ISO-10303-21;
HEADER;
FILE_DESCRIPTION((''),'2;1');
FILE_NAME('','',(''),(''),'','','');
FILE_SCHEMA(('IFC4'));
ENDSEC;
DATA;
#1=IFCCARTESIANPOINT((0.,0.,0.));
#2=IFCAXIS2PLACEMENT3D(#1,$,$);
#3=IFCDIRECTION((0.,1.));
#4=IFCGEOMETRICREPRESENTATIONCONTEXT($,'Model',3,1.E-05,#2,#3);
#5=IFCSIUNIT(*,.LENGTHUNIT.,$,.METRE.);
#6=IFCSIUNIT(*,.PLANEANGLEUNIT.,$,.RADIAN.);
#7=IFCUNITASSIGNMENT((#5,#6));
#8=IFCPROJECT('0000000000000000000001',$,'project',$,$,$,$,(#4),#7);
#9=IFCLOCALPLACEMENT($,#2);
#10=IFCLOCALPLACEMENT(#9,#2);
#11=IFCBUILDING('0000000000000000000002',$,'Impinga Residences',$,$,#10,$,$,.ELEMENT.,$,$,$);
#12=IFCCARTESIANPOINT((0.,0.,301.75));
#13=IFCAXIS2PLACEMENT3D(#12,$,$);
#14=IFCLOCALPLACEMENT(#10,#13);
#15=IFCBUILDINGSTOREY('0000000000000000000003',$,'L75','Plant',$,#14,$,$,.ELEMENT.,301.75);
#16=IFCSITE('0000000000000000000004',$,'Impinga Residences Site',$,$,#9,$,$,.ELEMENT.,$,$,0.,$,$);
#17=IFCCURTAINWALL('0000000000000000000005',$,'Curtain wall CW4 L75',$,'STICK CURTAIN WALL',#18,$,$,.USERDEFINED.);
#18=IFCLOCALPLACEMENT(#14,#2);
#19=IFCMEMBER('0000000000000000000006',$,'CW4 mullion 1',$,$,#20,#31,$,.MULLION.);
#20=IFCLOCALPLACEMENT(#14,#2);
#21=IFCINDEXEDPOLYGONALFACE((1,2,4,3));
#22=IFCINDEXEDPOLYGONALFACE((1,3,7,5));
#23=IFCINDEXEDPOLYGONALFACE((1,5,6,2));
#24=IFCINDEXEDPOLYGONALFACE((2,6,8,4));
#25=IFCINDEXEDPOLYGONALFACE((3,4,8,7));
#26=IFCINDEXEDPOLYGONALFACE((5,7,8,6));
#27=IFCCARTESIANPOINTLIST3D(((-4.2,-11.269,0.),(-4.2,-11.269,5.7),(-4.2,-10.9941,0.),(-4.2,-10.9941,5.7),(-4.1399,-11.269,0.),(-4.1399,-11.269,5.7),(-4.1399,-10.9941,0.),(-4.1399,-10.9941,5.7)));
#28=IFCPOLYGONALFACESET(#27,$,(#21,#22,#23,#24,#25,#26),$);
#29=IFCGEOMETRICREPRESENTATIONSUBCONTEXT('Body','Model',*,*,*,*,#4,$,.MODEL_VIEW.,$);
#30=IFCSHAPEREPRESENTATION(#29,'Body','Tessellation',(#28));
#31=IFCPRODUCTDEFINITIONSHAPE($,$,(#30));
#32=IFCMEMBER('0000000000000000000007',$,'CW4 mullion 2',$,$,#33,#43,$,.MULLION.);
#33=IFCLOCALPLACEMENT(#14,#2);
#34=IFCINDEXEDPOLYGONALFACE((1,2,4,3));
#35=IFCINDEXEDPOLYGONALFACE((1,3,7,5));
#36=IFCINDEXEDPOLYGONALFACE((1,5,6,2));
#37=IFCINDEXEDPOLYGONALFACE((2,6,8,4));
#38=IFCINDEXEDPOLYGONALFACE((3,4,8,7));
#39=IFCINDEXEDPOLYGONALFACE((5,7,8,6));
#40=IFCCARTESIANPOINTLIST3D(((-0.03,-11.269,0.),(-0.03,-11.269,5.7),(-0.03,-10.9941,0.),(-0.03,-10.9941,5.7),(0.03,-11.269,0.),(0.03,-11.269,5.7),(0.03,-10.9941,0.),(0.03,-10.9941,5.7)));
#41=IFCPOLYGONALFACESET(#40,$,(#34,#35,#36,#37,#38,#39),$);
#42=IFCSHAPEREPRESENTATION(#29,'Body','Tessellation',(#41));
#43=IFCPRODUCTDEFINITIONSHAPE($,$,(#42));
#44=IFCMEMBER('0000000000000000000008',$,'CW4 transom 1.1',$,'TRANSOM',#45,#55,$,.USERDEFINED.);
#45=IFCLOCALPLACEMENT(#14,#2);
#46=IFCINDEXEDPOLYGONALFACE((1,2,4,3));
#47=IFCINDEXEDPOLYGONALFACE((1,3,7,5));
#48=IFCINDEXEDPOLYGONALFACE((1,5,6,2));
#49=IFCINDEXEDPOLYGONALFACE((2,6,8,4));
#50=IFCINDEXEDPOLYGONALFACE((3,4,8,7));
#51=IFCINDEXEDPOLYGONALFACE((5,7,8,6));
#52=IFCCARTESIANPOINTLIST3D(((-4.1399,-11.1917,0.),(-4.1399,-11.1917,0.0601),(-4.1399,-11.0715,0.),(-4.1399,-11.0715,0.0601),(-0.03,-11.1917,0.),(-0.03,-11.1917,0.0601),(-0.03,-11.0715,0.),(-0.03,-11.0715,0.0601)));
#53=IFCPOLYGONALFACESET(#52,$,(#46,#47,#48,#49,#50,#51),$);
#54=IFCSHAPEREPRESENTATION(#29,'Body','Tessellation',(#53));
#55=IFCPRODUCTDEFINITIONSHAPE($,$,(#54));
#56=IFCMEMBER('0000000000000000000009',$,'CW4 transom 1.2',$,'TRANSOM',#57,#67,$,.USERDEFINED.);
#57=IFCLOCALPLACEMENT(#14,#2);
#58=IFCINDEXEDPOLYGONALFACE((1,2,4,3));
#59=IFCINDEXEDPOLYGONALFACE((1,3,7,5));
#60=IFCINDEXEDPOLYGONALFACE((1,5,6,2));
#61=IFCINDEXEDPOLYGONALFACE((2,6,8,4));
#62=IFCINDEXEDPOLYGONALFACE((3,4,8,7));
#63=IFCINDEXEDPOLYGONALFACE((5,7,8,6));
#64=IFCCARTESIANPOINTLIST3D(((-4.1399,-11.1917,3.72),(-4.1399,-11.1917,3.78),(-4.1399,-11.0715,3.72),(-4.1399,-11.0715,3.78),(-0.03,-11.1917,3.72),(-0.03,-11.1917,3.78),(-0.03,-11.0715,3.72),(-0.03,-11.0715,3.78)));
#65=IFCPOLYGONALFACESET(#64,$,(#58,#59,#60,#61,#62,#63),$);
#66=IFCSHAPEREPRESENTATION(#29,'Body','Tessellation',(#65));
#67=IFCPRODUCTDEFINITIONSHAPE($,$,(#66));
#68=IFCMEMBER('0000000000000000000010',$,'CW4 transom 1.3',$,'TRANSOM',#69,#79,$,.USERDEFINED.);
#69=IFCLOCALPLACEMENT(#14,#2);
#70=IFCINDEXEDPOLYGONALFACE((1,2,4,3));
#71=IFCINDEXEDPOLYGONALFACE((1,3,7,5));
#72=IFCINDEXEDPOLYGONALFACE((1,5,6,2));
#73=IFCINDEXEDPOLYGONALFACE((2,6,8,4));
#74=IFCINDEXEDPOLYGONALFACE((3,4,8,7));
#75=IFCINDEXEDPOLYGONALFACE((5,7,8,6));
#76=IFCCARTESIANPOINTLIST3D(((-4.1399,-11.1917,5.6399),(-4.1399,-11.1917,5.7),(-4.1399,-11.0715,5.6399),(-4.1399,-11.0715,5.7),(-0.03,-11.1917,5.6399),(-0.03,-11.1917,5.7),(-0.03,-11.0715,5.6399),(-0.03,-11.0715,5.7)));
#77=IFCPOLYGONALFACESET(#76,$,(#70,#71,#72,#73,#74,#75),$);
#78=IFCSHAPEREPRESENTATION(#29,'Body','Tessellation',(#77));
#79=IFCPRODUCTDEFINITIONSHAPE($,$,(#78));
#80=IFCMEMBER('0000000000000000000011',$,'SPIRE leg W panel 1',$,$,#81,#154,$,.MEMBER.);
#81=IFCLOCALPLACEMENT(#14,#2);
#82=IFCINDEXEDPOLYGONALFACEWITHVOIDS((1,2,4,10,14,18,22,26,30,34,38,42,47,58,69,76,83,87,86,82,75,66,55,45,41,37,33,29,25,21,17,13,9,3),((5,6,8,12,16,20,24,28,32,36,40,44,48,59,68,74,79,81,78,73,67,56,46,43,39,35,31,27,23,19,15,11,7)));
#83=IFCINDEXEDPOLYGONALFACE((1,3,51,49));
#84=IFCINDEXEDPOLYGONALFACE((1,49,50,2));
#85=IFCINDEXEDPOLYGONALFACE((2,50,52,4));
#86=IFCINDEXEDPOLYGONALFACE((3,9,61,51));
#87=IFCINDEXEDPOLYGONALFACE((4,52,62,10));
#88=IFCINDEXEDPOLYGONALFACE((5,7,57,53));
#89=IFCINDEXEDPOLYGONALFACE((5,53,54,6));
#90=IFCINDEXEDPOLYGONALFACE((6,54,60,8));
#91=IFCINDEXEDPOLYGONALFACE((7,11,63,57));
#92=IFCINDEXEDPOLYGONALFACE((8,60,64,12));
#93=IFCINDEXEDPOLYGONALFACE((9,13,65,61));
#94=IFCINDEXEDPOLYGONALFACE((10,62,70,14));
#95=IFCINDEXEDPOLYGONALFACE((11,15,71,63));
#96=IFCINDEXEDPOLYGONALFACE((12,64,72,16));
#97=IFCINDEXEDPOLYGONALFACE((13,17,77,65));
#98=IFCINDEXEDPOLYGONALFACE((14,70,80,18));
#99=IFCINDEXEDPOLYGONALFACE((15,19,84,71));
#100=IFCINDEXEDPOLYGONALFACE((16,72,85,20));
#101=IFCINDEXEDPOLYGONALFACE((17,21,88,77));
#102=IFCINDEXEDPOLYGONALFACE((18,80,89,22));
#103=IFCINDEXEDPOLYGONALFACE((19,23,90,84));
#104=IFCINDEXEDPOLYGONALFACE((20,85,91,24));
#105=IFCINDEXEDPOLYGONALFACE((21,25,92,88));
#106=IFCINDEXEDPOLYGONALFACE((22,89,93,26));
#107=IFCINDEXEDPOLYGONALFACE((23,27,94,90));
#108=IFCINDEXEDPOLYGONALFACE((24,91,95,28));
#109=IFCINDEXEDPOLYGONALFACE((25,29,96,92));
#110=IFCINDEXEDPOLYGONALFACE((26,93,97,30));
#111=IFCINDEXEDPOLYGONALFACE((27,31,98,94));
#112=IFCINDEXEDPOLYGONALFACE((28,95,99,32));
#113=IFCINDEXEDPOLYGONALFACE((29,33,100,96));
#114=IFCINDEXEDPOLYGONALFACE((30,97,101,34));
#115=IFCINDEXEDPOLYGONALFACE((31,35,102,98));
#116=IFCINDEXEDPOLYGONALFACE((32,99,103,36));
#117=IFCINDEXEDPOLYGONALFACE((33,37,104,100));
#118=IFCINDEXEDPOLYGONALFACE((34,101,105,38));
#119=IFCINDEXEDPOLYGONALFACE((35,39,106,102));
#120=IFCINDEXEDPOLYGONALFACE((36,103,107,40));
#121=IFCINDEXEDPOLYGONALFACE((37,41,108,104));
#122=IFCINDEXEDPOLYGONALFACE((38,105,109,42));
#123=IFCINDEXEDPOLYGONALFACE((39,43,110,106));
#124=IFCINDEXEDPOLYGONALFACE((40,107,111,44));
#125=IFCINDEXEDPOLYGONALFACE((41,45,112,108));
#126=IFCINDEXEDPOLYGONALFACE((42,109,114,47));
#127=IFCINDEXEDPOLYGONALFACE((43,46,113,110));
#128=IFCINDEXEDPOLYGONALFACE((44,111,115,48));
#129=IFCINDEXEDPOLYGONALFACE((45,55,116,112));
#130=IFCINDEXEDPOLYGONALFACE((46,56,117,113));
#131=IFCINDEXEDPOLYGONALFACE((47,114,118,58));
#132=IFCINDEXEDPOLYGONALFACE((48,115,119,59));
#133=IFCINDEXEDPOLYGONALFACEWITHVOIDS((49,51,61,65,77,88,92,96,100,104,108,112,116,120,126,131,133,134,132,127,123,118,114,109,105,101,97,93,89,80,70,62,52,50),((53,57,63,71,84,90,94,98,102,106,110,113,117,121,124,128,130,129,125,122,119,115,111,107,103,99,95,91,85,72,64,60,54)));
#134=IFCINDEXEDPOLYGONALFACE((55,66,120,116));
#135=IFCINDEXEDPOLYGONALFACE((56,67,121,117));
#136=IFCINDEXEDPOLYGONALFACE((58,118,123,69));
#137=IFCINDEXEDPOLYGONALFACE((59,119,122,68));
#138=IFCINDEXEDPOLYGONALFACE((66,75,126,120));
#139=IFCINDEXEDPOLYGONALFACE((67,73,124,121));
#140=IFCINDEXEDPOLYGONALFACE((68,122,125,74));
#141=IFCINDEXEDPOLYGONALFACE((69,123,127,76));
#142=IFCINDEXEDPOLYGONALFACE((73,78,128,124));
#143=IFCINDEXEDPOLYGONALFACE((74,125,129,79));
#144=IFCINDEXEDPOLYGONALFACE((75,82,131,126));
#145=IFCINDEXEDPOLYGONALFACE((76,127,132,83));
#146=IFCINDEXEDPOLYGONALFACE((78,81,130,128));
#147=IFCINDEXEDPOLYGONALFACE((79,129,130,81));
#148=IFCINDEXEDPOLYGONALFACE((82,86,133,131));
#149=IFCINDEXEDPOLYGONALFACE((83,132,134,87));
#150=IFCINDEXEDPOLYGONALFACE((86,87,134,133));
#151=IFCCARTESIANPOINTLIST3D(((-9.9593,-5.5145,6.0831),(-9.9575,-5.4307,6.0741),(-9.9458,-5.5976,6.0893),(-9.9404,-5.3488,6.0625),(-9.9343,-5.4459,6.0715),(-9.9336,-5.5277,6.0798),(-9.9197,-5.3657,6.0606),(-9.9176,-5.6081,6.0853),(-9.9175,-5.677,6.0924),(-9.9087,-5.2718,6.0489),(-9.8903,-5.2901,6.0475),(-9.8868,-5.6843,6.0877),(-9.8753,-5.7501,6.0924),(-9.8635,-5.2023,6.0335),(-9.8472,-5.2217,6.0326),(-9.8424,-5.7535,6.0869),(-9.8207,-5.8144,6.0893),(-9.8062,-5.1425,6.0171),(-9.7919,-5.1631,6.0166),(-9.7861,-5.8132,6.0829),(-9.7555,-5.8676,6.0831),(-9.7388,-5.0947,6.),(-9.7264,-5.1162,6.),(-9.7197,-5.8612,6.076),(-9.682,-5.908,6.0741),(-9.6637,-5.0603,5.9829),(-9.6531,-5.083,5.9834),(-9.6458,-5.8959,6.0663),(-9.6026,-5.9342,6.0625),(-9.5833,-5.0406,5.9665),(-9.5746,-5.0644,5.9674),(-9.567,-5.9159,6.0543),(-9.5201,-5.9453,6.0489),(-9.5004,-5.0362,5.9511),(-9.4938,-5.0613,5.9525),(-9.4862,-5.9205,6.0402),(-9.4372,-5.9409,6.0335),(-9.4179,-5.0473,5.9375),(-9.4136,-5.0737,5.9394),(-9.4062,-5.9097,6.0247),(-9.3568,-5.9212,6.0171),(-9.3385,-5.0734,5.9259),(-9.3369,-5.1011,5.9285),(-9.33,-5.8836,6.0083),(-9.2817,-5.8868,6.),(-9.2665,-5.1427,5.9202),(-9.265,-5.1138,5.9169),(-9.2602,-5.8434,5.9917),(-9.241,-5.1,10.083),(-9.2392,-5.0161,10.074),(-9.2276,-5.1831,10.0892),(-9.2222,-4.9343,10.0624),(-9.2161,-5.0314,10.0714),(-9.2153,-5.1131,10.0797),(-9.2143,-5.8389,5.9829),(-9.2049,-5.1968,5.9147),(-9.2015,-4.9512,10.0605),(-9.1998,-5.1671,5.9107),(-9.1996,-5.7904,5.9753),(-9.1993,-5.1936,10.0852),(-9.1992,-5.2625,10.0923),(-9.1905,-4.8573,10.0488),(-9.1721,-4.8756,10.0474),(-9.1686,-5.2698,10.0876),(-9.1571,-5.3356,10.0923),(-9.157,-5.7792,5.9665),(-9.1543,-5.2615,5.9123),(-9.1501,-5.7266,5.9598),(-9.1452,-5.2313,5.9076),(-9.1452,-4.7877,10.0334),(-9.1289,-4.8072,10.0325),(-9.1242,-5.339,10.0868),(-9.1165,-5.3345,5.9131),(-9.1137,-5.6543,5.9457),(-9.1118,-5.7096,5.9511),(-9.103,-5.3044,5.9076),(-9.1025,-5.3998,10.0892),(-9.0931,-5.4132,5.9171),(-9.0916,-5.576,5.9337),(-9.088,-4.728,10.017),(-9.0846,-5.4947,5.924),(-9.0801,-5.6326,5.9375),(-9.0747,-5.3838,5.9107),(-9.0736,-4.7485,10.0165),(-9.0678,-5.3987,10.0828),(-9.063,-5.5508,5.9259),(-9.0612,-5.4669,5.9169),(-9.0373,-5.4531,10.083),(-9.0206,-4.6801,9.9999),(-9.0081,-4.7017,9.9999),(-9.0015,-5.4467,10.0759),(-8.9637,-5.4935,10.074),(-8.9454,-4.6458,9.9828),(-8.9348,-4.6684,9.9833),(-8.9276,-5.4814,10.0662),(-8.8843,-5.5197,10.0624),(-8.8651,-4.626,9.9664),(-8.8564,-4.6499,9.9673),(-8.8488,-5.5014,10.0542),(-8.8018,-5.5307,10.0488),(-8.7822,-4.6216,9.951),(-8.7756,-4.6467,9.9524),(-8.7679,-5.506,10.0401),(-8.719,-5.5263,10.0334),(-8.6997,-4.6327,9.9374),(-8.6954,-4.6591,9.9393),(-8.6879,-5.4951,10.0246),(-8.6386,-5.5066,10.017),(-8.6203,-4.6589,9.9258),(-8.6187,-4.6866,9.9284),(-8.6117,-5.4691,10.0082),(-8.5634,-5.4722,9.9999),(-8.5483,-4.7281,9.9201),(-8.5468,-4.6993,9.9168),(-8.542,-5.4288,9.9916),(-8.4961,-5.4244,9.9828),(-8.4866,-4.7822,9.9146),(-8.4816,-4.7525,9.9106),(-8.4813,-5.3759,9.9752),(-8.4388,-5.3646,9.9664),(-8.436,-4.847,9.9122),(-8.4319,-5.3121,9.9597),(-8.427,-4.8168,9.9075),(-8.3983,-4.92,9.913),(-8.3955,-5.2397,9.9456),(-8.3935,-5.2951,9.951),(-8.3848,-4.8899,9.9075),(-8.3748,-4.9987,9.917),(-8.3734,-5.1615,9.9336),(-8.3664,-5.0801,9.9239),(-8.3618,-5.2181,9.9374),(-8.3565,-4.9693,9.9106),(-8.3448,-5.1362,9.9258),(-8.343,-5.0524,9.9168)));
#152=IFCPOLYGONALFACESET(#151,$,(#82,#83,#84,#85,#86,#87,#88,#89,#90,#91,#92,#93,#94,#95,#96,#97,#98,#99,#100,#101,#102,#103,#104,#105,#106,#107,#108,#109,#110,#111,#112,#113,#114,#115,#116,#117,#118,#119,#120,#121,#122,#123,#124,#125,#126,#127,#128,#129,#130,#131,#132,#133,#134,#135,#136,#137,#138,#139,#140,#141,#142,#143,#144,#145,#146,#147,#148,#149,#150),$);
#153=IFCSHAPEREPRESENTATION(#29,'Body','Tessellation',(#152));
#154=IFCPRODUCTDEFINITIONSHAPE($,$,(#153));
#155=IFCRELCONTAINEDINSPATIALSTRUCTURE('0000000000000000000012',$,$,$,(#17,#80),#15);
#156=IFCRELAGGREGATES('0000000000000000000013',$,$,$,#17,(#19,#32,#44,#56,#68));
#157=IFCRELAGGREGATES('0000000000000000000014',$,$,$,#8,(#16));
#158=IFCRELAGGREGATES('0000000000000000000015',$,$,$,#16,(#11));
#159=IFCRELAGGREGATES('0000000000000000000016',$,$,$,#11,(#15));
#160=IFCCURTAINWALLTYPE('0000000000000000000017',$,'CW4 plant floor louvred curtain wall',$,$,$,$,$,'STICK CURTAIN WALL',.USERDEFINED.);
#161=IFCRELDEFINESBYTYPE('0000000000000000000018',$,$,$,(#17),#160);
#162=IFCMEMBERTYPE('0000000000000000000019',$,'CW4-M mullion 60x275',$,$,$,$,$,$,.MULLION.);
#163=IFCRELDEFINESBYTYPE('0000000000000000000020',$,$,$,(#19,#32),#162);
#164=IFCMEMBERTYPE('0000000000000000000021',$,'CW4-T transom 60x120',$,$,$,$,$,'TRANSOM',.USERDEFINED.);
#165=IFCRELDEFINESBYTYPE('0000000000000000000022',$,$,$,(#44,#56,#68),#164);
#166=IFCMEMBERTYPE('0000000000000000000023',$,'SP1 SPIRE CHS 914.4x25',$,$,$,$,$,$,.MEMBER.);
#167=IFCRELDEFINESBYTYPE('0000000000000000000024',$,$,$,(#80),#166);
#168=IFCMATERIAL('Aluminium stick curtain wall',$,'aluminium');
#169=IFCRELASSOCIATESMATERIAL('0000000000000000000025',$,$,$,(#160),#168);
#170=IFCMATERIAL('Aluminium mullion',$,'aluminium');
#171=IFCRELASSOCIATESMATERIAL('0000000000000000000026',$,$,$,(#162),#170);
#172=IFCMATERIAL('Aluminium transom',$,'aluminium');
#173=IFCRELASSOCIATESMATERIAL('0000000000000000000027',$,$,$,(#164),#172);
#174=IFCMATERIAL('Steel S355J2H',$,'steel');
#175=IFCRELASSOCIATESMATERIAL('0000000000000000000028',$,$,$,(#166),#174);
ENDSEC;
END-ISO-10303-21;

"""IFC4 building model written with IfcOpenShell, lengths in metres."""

from ifc_helpers import new_model, si_unit, direction, frame, origin, origin_2d, place, context, subcontext, project, spatial, rectangle, hollow_circle, extrude, material, material_profile, profile_set, type_object, element, aggregate, save


model = new_model("IFC4")

# Units and contexts
model_context = context("Model", 3, precision=1e-05, world=origin(), true_north=direction((0.0, 1.0)))
body_context = subcontext(model_context, "Body", "Model", "MODEL_VIEW")
ifc_project = project(units=[si_unit("LENGTHUNIT", "METRE"), si_unit("PLANEANGLEUNIT", "RADIAN")], contexts=[model_context])

# Site, building, storey
site_placement = place(None, origin())
site = spatial("IfcSite", under=ifc_project, at=site_placement, Name="Impinga Residences Site", CompositionType="ELEMENT", RefElevation=0.0)
building_placement = place(site_placement, origin())
building = spatial("IfcBuilding", under=site, at=building_placement, Name="Impinga Residences", CompositionType="ELEMENT")
storey_placement = place(building_placement, frame((0.0, 0.0, 301.75)))
storey = spatial("IfcBuildingStorey", under=building, at=storey_placement, Name="L75", Description="Plant", CompositionType="ELEMENT", Elevation=301.75)

# Curtain wall, members
ifc_material_1 = material(Name="Aluminium stick curtain wall", Category="aluminium")
curtain_wall_type = type_object("IfcCurtainWallType", Name="CW4 plant floor louvred curtain wall", ElementType="STICK CURTAIN WALL", PredefinedType="USERDEFINED", material=ifc_material_1)
curtain_wall_placement = place(storey_placement, origin())
curtain_wall = element("IfcCurtainWall", 1, at=curtain_wall_placement, inside=storey, type_object=curtain_wall_type, Name="Curtain wall CW4 L75", ObjectType="STICK CURTAIN WALL", PredefinedType="USERDEFINED")
ifc_material_2 = material(Name="Aluminium mullion", Category="aluminium")
ifc_material_profile_1 = material_profile(ifc_material_2, rectangle(XDim=0.0601, YDim=0.2749, at=origin_2d()), Name="60x275 mullion")
ifc_profile_set_1 = profile_set([ifc_material_profile_1], Name="Aluminium mullion")
member_type_1 = type_object("IfcMemberType", Name="CW4-M mullion 60x275", PredefinedType="MULLION", material=ifc_profile_set_1)
member_1_placement = place(storey_placement, frame((-4.1699, -11.1316, 0.0), z_axis=(0.0, 0.0, 1.0), x_axis=(1.0, 0.0, 0.0)))
member_1 = element("IfcMember", 2, at=member_1_placement, type_object=member_type_1, Name="CW4 mullion 1", PredefinedType="MULLION", context=body_context, shape_type="SweptSolid", body=[
    extrude(rectangle(XDim=0.0601, YDim=0.2749, at=origin_2d()), origin(), (0.0, 0.0, 1.0), 5.7),
])
member_2_placement = place(storey_placement, frame((0.0, -11.1316, 0.0), z_axis=(0.0, 0.0, 1.0), x_axis=(1.0, 0.0, 0.0)))
member_2 = element("IfcMember", 3, at=member_2_placement, type_object=member_type_1, Name="CW4 mullion 2", PredefinedType="MULLION", context=body_context, shape_type="SweptSolid", body=[
    extrude(rectangle(XDim=0.0601, YDim=0.2749, at=origin_2d()), origin(), (0.0, 0.0, 1.0), 5.7),
])
ifc_material_3 = material(Name="Aluminium transom", Category="aluminium")
ifc_material_profile_2 = material_profile(ifc_material_3, rectangle(XDim=0.0601, YDim=0.1201, at=origin_2d()), Name="60x120 transom")
ifc_profile_set_2 = profile_set([ifc_material_profile_2], Name="Aluminium transom")
member_type_2 = type_object("IfcMemberType", Name="CW4-T transom 60x120", ElementType="TRANSOM", PredefinedType="USERDEFINED", material=ifc_profile_set_2)
member_3_placement = place(storey_placement, frame((-4.1399, -11.1316, 0.03), z_axis=(1.0, 0.0, 0.0), x_axis=(0.0, 0.0, 1.0)))
member_3 = element("IfcMember", 4, at=member_3_placement, type_object=member_type_2, Name="CW4 transom 1.1", ObjectType="TRANSOM", PredefinedType="USERDEFINED", context=body_context, shape_type="SweptSolid", body=[
    extrude(rectangle(XDim=0.0601, YDim=0.1201, at=origin_2d()), origin(), (0.0, 0.0, 1.0), 4.1099),
])
member_4_placement = place(storey_placement, frame((-4.1399, -11.1316, 3.75), z_axis=(1.0, 0.0, 0.0), x_axis=(0.0, 0.0, 1.0)))
member_4 = element("IfcMember", 5, at=member_4_placement, type_object=member_type_2, Name="CW4 transom 1.2", ObjectType="TRANSOM", PredefinedType="USERDEFINED", context=body_context, shape_type="SweptSolid", body=[
    extrude(rectangle(XDim=0.0601, YDim=0.1201, at=origin_2d()), origin(), (0.0, 0.0, 1.0), 4.1099),
])
member_5_placement = place(storey_placement, frame((-4.1399, -11.1316, 5.6699), z_axis=(1.0, 0.0, 0.0), x_axis=(0.0, 0.0, 1.0)))
member_5 = element("IfcMember", 6, at=member_5_placement, type_object=member_type_2, Name="CW4 transom 1.3", ObjectType="TRANSOM", PredefinedType="USERDEFINED", context=body_context, shape_type="SweptSolid", body=[
    extrude(rectangle(XDim=0.0601, YDim=0.1201, at=origin_2d()), origin(), (0.0, 0.0, 1.0), 4.1099),
])

# Member
ifc_material_4 = material(Name="Steel S355J2H", Category="steel")
ifc_material_profile_3 = material_profile(ifc_material_4, hollow_circle(Radius=0.4573, WallThickness=0.0249, at=origin_2d()), Name="CHS 914.4x25")
ifc_profile_set_3 = profile_set([ifc_material_profile_3], Name="Steel S355J2H")
member_type_3 = type_object("IfcMemberType", Name="SP1 SPIRE CHS 914.4x25", PredefinedType="MEMBER", material=ifc_profile_set_3)
member_6_placement = place(storey_placement, frame((-9.5103, -5.4907, 6.0), z_axis=(0.175826, 0.10148, 0.979177), x_axis=(-0.499875, 0.866097, 0.0)))
element("IfcMember", 7, at=member_6_placement, inside=storey, type_object=member_type_3, Name="SPIRE leg W panel 1", PredefinedType="MEMBER", context=body_context, shape_type="SweptSolid", body=[
    extrude(hollow_circle(Radius=0.4573, WallThickness=0.0249, at=origin_2d()), origin(), (0.0, 0.0, 1.0), 4.085),
])

aggregate(curtain_wall, [member_1, member_2, member_3, member_4, member_5])

save(model, "model.ifc")
